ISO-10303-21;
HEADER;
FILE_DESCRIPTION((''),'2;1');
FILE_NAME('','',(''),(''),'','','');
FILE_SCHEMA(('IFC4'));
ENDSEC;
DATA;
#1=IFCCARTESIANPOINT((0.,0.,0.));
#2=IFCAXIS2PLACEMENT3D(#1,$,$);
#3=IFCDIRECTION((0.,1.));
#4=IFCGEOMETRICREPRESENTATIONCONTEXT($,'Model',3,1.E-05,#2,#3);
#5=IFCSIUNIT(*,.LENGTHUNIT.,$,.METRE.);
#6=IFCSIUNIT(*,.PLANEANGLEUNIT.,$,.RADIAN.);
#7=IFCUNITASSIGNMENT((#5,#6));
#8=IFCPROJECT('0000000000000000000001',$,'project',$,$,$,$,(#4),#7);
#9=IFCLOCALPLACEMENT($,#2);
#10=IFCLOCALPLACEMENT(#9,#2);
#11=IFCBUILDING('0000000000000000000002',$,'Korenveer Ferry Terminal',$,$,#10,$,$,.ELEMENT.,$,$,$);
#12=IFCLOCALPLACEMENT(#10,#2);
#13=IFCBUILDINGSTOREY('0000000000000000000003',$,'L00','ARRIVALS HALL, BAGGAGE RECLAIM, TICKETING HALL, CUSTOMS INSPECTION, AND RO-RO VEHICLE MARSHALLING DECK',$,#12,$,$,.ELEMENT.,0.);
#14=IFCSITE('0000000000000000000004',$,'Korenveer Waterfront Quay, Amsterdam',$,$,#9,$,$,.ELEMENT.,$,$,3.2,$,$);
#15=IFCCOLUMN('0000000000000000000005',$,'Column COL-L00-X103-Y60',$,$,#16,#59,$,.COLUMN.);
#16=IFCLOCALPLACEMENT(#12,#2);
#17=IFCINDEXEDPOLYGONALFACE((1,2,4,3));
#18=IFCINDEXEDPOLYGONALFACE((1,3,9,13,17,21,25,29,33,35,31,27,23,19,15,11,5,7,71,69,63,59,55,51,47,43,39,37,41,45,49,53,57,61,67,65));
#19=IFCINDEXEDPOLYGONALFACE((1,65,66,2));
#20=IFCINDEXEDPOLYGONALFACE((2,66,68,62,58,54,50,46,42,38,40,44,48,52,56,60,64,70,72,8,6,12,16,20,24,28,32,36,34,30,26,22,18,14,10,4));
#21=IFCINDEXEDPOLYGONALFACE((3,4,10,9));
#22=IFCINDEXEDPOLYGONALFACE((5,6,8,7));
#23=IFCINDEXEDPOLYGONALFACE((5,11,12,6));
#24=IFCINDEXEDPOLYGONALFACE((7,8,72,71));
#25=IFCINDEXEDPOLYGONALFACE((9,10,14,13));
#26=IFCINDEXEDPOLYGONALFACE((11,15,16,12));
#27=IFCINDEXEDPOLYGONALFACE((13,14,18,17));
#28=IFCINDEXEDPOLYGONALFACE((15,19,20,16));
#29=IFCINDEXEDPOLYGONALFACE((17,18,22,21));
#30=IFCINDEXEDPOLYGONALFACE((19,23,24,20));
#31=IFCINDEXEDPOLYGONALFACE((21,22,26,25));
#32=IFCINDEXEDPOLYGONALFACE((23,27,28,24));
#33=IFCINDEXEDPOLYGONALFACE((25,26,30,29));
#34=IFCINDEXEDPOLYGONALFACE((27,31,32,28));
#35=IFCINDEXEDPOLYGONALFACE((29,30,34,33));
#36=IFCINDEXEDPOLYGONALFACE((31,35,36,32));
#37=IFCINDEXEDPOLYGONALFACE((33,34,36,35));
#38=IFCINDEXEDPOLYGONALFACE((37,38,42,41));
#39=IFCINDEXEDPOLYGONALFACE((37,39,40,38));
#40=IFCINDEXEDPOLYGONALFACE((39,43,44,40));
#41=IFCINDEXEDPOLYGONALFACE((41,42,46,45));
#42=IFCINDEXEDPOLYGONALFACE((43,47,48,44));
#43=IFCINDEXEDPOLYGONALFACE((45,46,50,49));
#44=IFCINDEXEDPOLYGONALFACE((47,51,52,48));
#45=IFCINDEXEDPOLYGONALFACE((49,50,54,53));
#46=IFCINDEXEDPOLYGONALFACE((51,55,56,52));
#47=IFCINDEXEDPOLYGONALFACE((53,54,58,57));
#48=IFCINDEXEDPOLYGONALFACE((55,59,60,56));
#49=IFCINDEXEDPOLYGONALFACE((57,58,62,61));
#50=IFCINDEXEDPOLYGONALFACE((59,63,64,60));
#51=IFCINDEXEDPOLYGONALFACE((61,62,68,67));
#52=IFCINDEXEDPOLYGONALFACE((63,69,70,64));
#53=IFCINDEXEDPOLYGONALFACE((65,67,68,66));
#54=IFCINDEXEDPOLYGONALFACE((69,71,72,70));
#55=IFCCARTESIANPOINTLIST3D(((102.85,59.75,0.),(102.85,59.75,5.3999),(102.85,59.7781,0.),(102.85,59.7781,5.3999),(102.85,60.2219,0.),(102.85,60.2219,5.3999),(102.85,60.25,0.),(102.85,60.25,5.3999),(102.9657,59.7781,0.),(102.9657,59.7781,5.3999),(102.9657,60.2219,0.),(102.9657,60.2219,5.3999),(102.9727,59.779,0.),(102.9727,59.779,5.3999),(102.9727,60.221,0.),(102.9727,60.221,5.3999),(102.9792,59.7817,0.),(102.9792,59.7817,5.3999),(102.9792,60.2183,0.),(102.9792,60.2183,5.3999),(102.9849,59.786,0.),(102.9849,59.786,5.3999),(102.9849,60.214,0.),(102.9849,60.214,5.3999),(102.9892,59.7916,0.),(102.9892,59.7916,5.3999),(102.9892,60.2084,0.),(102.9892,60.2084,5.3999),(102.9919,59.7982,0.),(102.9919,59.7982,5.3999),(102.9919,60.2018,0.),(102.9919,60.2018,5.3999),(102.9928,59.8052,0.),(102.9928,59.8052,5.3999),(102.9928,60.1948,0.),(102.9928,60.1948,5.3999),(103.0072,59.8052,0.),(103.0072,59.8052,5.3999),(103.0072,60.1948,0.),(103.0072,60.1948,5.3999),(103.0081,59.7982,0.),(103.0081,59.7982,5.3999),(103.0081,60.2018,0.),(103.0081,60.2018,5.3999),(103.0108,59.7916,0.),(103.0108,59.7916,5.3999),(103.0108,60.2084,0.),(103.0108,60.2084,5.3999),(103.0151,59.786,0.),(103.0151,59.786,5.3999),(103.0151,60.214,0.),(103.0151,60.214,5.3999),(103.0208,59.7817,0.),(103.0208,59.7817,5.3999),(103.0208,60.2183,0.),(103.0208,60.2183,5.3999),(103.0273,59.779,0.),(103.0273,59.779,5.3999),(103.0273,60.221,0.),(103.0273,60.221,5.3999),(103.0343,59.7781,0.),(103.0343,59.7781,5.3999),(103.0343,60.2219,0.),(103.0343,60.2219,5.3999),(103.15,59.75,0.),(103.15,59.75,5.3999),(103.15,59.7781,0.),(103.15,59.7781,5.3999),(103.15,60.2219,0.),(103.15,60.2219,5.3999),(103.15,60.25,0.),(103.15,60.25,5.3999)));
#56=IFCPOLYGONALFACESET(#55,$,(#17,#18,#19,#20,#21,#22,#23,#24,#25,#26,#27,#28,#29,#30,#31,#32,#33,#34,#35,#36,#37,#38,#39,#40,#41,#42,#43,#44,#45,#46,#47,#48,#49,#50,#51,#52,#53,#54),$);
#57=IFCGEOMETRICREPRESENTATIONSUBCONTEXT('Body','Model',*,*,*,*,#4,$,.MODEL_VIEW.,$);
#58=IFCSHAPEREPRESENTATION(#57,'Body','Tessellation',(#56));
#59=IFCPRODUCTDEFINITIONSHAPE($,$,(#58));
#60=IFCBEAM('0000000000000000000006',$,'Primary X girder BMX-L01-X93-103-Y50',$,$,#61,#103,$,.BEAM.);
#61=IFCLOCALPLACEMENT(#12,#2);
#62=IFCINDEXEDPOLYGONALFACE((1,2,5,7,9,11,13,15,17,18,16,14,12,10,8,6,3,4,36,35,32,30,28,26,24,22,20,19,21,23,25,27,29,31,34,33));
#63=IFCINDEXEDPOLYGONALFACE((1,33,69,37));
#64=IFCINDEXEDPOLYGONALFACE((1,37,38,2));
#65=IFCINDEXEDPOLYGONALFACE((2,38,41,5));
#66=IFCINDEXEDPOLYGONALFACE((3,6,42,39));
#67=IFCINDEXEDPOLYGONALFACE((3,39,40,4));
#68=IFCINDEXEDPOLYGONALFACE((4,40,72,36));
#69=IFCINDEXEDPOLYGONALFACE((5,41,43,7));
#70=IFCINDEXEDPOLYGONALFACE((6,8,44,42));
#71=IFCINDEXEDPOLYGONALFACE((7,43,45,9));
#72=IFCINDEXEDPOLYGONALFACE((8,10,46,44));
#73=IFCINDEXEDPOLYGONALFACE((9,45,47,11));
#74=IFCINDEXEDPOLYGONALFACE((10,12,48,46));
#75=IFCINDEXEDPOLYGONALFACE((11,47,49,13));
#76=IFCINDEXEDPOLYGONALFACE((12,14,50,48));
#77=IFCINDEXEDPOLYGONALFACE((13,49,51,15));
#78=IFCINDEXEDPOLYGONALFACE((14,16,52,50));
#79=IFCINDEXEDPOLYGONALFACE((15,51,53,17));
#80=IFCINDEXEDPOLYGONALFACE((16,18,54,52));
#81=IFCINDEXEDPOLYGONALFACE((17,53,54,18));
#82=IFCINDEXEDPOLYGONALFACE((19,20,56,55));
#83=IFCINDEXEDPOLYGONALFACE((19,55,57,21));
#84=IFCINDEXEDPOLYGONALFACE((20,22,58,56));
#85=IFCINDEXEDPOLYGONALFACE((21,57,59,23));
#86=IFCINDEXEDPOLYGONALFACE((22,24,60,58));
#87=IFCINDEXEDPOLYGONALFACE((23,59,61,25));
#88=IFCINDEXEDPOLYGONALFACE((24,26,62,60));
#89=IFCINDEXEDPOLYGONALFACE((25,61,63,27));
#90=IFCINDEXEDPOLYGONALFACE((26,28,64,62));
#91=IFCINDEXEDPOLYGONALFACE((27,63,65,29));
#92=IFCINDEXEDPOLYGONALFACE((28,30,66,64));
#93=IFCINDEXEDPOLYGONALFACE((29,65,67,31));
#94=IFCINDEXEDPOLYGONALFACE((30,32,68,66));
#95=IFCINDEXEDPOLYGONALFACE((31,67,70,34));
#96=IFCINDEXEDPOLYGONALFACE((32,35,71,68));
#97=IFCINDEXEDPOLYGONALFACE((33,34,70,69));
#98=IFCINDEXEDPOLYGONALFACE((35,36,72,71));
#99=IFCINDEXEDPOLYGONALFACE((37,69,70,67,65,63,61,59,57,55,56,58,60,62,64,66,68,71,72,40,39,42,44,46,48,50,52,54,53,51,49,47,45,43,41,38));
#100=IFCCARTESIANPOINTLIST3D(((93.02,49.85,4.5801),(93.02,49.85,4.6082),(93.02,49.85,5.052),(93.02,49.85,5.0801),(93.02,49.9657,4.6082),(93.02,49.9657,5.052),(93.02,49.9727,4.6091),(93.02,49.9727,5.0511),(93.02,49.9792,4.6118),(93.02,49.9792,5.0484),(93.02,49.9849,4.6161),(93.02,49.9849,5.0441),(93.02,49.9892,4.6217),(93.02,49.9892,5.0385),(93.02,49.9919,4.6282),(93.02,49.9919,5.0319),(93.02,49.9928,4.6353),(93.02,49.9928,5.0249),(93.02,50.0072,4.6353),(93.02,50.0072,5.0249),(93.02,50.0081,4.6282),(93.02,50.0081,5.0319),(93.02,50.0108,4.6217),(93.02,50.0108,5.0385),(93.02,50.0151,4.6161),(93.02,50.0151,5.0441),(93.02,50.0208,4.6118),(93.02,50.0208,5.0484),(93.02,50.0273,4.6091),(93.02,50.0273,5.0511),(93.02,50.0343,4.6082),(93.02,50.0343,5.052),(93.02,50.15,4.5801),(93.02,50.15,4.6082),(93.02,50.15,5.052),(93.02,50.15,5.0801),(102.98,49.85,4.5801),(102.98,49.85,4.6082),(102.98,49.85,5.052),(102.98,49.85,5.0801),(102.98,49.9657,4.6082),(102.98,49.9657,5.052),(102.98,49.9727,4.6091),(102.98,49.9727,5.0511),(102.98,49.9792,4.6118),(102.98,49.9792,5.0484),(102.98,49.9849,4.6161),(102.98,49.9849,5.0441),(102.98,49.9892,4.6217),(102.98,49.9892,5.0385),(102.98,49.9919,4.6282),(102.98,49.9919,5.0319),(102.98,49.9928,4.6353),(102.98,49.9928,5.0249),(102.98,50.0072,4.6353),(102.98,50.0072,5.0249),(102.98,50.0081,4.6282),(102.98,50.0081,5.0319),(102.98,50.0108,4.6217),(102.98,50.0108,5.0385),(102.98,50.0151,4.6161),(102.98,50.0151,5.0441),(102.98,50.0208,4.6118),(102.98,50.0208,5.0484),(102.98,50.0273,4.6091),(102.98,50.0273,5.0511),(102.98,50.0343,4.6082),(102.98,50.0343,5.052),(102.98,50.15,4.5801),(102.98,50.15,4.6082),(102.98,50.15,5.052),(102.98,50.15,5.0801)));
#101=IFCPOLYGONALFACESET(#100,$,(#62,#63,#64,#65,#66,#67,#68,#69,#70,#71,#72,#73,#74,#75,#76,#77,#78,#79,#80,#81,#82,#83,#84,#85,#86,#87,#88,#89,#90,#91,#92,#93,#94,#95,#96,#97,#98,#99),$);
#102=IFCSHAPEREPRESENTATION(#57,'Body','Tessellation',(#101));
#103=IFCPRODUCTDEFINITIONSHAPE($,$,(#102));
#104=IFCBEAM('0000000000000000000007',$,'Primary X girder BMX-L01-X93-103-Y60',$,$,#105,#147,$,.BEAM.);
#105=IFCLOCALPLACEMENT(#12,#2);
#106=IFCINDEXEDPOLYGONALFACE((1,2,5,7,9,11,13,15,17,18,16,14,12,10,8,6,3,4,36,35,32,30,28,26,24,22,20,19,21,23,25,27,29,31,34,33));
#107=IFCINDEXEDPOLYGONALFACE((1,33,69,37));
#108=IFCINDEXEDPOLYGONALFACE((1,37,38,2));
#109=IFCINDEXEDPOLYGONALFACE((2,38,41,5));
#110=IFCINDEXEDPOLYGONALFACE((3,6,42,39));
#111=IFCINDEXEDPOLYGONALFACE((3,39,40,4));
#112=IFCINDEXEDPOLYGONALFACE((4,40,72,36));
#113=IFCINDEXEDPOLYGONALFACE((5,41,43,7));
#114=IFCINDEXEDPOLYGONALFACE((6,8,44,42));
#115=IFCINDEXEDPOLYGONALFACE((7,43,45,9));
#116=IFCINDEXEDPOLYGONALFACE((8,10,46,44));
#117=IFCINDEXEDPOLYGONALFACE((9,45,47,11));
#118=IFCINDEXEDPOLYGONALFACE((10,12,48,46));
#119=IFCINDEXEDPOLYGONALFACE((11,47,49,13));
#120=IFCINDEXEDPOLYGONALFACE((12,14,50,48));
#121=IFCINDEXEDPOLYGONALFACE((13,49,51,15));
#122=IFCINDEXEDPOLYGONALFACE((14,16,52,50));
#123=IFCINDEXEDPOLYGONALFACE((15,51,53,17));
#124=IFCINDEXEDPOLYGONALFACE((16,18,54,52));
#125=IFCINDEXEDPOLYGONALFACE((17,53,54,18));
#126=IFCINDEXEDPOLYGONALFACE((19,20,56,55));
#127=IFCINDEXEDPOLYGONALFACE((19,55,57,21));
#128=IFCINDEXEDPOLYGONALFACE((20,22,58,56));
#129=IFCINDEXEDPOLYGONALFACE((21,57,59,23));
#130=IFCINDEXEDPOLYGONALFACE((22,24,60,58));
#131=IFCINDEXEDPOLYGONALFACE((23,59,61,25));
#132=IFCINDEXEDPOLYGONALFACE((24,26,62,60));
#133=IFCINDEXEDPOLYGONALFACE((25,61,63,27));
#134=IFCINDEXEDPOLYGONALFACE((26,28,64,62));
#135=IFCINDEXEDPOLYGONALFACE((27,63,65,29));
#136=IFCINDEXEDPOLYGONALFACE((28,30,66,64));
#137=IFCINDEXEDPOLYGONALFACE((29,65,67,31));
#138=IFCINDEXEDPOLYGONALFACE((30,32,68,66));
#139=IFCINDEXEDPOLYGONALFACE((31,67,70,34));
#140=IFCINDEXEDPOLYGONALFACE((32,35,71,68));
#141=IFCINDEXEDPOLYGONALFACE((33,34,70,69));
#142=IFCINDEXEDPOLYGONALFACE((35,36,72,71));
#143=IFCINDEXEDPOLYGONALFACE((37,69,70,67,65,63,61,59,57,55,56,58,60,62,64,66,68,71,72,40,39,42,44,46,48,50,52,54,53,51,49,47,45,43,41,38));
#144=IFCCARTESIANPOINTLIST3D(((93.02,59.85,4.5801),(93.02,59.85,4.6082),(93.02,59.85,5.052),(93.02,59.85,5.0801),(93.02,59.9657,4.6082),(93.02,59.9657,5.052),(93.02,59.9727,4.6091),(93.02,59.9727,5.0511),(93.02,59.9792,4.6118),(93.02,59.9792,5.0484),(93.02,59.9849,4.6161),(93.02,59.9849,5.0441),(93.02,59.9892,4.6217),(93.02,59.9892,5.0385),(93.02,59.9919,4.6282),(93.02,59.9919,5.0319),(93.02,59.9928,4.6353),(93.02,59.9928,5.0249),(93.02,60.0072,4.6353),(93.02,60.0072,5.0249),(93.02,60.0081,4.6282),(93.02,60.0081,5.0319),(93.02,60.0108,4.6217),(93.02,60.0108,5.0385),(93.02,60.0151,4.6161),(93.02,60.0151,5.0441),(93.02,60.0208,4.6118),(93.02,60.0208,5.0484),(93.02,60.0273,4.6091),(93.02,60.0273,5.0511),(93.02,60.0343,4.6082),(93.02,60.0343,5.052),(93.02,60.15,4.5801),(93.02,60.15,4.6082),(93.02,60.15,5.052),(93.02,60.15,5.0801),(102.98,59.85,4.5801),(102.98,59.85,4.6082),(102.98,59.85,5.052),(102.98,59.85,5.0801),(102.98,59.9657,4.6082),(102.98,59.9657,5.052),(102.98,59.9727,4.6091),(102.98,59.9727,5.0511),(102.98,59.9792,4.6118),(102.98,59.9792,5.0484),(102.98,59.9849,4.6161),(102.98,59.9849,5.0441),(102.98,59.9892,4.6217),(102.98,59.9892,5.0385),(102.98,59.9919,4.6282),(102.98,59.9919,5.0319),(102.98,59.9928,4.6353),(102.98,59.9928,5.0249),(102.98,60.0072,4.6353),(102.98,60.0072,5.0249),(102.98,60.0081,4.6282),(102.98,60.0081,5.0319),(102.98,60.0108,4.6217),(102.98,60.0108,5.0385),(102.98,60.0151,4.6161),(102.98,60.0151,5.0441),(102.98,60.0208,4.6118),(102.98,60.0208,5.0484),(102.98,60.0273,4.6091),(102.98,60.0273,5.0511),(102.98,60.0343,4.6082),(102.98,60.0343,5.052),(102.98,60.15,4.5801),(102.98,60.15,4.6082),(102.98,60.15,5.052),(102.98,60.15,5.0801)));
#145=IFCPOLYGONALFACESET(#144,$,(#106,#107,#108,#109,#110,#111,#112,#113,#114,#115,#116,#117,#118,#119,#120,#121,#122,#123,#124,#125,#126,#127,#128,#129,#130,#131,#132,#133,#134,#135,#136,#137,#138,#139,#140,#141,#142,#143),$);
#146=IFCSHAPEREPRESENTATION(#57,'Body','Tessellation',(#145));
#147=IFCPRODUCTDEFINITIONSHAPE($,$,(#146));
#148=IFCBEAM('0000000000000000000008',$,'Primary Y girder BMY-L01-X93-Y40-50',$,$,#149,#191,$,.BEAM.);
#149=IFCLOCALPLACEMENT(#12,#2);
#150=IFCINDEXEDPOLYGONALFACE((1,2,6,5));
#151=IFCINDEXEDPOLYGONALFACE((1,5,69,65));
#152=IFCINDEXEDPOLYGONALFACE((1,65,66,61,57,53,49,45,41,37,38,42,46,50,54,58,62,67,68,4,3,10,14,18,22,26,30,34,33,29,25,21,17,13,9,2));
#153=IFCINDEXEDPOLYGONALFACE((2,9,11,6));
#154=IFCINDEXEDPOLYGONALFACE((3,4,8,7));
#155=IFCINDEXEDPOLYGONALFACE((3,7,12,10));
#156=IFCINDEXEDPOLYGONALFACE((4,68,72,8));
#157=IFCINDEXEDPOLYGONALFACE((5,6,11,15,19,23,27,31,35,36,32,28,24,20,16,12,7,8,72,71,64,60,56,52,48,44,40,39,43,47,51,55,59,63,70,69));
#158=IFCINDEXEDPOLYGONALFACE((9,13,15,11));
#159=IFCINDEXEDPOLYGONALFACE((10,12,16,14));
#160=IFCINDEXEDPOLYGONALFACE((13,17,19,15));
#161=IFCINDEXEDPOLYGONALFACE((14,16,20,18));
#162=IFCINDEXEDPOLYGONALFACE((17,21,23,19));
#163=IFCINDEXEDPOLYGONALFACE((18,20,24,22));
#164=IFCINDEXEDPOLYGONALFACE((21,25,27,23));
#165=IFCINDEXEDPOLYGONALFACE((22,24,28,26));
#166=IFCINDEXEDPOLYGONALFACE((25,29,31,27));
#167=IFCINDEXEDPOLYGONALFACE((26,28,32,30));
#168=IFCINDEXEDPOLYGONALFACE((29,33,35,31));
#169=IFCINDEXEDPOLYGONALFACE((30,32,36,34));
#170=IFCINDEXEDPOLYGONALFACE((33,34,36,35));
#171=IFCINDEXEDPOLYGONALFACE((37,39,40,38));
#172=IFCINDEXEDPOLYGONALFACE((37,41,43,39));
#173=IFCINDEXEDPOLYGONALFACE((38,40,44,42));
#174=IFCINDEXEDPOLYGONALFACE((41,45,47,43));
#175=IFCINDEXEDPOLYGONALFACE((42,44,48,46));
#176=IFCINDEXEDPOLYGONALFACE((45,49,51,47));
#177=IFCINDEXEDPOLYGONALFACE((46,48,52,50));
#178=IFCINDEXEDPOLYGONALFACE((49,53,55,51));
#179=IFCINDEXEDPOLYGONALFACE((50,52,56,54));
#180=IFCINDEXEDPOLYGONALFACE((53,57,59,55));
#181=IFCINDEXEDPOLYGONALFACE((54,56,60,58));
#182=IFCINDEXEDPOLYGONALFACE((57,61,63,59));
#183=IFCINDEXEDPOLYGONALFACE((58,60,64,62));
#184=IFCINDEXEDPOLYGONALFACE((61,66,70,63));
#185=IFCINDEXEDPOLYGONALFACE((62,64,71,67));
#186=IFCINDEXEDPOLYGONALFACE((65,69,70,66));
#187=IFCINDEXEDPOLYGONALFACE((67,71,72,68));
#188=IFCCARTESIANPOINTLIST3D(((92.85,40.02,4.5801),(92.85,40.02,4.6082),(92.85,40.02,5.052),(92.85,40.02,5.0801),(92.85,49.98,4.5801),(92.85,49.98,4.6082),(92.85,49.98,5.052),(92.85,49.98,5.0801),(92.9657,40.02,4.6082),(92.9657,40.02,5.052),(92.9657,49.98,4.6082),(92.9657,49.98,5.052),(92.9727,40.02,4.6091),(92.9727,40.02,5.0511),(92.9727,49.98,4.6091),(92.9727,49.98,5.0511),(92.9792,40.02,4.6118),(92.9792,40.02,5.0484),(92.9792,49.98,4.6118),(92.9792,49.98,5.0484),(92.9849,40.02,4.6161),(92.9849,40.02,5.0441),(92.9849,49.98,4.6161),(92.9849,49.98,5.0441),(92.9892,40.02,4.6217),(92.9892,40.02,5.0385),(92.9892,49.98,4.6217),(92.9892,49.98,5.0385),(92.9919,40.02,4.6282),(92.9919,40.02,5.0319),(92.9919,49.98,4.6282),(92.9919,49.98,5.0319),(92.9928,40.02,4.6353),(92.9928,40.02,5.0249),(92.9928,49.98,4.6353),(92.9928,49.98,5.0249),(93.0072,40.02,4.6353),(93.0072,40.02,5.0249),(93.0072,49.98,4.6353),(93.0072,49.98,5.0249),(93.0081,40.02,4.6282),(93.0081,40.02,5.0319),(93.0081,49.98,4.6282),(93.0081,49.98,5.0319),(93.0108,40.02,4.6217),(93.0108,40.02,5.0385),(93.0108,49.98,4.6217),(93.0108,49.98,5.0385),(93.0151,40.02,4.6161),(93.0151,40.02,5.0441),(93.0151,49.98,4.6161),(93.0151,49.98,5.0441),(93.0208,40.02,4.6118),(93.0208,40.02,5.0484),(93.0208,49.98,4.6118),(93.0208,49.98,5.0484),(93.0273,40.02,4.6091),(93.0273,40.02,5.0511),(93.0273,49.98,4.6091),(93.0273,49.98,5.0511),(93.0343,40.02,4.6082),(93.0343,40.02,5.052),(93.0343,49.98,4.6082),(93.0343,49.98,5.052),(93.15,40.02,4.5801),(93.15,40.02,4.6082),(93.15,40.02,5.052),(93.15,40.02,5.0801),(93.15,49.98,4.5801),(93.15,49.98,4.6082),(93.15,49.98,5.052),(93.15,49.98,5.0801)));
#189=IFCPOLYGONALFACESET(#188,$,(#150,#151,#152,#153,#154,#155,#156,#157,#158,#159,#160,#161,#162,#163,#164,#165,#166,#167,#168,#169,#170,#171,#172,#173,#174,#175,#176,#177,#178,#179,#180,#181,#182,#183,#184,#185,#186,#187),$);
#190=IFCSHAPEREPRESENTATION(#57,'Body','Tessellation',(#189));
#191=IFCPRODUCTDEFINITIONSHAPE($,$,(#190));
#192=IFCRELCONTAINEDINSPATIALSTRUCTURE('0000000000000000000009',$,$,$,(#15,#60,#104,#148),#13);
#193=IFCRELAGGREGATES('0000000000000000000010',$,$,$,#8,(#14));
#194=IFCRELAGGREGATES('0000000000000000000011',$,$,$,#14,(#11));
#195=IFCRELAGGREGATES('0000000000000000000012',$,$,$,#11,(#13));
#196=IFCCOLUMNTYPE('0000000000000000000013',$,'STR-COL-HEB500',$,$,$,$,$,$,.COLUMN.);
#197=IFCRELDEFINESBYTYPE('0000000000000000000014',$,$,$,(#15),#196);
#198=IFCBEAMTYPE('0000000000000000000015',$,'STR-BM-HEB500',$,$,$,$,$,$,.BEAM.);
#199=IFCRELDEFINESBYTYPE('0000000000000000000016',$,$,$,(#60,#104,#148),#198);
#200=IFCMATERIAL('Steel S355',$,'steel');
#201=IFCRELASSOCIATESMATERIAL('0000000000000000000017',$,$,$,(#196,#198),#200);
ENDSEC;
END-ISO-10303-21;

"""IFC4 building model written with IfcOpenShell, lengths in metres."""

from ifc_helpers import new_model, si_unit, direction, frame, origin, origin_2d, place, context, subcontext, project, spatial, i_section, extrude, material, material_profile, profile_set, type_object, element, save


model = new_model("IFC4")

# Units and contexts
model_context = context("Model", 3, precision=1e-05, world=origin(), true_north=direction((0.0, 1.0)))
body_context = subcontext(model_context, "Body", "Model", "MODEL_VIEW")
ifc_project = project(units=[si_unit("LENGTHUNIT", "METRE"), si_unit("PLANEANGLEUNIT", "RADIAN")], contexts=[model_context])

# Site, building, storey
site_placement = place(None, origin())
site = spatial("IfcSite", under=ifc_project, at=site_placement, Name="Korenveer Waterfront Quay, Amsterdam", CompositionType="ELEMENT", RefElevation=3.2)
building_placement = place(site_placement, origin())
building = spatial("IfcBuilding", under=site, at=building_placement, Name="Korenveer Ferry Terminal", CompositionType="ELEMENT")
storey_placement = place(building_placement, origin())
storey = spatial("IfcBuildingStorey", under=building, at=storey_placement, Name="L00", Description="ARRIVALS HALL, BAGGAGE RECLAIM, TICKETING HALL, CUSTOMS INSPECTION, AND RO-RO VEHICLE MARSHALLING DECK", CompositionType="ELEMENT", Elevation=0.0)

# Column
ifc_material_1 = material(Name="Steel S355", Category="steel")
ifc_material_profile_1 = material_profile(ifc_material_1, i_section(OverallWidth=0.3, OverallDepth=0.5, WebThickness=0.0144, FlangeThickness=0.0281, FilletRadius=0.0271, at=origin_2d()), Name="HEB 500")
ifc_profile_set_1 = profile_set([ifc_material_profile_1], Name="Steel S355")
column_type = type_object("IfcColumnType", Name="STR-COL-HEB500", PredefinedType="COLUMN", material=ifc_profile_set_1)
for number, where, z_axis, x_axis, name in (
    (1, (103.0, 60.0, 0.0), (0.0, 0.0, 1.0), (1.0, 0.0, 0.0), "Column COL-L00-X103-Y60"),
):
    element("IfcColumn", number, at=place(storey_placement, frame(where, z_axis=z_axis, x_axis=x_axis)), inside=storey, type_object=column_type, Name=name, PredefinedType="COLUMN", context=body_context, shape_type="SweptSolid", body=[
        extrude(i_section(OverallWidth=0.3, OverallDepth=0.5, WebThickness=0.0144, FlangeThickness=0.0281, FilletRadius=0.0271, at=origin_2d()), origin(), (0.0, 0.0, 1.0), 5.3999),
    ])

# Beams
ifc_material_profile_2 = material_profile(ifc_material_1, i_section(OverallWidth=0.3, OverallDepth=0.5, WebThickness=0.0144, FlangeThickness=0.0281, FilletRadius=0.0271, at=origin_2d()), Name="HEB 500")
ifc_profile_set_2 = profile_set([ifc_material_profile_2], Name="Steel S355")
beam_type_1 = type_object("IfcBeamType", Name="STR-BM-HEB500", PredefinedType="BEAM", material=ifc_profile_set_2)
for number, where, z_axis, x_axis, name in (
    (2, (93.02, 50.0, 4.8301), (1.0, 0.0, 0.0), (0.0, 1.0, 0.0), "Primary X girder BMX-L01-X93-103-Y50"),
    (3, (93.02, 60.0, 4.8301), (1.0, 0.0, 0.0), (0.0, 1.0, 0.0), "Primary X girder BMX-L01-X93-103-Y60"),
    (4, (93.0, 40.02, 4.8301), (0.0, 1.0, 0.0), (-1.0, 0.0, 0.0), "Primary Y girder BMY-L01-X93-Y40-50"),
):
    element("IfcBeam", number, at=place(storey_placement, frame(where, z_axis=z_axis, x_axis=x_axis)), inside=storey, type_object=beam_type_1, Name=name, PredefinedType="BEAM", context=body_context, shape_type="SweptSolid", body=[
        extrude(i_section(OverallWidth=0.3, OverallDepth=0.5, WebThickness=0.0144, FlangeThickness=0.0281, FilletRadius=0.0271, at=origin_2d()), origin(), (0.0, 0.0, 1.0), 9.96),
    ])

save(model, "model.ifc")
